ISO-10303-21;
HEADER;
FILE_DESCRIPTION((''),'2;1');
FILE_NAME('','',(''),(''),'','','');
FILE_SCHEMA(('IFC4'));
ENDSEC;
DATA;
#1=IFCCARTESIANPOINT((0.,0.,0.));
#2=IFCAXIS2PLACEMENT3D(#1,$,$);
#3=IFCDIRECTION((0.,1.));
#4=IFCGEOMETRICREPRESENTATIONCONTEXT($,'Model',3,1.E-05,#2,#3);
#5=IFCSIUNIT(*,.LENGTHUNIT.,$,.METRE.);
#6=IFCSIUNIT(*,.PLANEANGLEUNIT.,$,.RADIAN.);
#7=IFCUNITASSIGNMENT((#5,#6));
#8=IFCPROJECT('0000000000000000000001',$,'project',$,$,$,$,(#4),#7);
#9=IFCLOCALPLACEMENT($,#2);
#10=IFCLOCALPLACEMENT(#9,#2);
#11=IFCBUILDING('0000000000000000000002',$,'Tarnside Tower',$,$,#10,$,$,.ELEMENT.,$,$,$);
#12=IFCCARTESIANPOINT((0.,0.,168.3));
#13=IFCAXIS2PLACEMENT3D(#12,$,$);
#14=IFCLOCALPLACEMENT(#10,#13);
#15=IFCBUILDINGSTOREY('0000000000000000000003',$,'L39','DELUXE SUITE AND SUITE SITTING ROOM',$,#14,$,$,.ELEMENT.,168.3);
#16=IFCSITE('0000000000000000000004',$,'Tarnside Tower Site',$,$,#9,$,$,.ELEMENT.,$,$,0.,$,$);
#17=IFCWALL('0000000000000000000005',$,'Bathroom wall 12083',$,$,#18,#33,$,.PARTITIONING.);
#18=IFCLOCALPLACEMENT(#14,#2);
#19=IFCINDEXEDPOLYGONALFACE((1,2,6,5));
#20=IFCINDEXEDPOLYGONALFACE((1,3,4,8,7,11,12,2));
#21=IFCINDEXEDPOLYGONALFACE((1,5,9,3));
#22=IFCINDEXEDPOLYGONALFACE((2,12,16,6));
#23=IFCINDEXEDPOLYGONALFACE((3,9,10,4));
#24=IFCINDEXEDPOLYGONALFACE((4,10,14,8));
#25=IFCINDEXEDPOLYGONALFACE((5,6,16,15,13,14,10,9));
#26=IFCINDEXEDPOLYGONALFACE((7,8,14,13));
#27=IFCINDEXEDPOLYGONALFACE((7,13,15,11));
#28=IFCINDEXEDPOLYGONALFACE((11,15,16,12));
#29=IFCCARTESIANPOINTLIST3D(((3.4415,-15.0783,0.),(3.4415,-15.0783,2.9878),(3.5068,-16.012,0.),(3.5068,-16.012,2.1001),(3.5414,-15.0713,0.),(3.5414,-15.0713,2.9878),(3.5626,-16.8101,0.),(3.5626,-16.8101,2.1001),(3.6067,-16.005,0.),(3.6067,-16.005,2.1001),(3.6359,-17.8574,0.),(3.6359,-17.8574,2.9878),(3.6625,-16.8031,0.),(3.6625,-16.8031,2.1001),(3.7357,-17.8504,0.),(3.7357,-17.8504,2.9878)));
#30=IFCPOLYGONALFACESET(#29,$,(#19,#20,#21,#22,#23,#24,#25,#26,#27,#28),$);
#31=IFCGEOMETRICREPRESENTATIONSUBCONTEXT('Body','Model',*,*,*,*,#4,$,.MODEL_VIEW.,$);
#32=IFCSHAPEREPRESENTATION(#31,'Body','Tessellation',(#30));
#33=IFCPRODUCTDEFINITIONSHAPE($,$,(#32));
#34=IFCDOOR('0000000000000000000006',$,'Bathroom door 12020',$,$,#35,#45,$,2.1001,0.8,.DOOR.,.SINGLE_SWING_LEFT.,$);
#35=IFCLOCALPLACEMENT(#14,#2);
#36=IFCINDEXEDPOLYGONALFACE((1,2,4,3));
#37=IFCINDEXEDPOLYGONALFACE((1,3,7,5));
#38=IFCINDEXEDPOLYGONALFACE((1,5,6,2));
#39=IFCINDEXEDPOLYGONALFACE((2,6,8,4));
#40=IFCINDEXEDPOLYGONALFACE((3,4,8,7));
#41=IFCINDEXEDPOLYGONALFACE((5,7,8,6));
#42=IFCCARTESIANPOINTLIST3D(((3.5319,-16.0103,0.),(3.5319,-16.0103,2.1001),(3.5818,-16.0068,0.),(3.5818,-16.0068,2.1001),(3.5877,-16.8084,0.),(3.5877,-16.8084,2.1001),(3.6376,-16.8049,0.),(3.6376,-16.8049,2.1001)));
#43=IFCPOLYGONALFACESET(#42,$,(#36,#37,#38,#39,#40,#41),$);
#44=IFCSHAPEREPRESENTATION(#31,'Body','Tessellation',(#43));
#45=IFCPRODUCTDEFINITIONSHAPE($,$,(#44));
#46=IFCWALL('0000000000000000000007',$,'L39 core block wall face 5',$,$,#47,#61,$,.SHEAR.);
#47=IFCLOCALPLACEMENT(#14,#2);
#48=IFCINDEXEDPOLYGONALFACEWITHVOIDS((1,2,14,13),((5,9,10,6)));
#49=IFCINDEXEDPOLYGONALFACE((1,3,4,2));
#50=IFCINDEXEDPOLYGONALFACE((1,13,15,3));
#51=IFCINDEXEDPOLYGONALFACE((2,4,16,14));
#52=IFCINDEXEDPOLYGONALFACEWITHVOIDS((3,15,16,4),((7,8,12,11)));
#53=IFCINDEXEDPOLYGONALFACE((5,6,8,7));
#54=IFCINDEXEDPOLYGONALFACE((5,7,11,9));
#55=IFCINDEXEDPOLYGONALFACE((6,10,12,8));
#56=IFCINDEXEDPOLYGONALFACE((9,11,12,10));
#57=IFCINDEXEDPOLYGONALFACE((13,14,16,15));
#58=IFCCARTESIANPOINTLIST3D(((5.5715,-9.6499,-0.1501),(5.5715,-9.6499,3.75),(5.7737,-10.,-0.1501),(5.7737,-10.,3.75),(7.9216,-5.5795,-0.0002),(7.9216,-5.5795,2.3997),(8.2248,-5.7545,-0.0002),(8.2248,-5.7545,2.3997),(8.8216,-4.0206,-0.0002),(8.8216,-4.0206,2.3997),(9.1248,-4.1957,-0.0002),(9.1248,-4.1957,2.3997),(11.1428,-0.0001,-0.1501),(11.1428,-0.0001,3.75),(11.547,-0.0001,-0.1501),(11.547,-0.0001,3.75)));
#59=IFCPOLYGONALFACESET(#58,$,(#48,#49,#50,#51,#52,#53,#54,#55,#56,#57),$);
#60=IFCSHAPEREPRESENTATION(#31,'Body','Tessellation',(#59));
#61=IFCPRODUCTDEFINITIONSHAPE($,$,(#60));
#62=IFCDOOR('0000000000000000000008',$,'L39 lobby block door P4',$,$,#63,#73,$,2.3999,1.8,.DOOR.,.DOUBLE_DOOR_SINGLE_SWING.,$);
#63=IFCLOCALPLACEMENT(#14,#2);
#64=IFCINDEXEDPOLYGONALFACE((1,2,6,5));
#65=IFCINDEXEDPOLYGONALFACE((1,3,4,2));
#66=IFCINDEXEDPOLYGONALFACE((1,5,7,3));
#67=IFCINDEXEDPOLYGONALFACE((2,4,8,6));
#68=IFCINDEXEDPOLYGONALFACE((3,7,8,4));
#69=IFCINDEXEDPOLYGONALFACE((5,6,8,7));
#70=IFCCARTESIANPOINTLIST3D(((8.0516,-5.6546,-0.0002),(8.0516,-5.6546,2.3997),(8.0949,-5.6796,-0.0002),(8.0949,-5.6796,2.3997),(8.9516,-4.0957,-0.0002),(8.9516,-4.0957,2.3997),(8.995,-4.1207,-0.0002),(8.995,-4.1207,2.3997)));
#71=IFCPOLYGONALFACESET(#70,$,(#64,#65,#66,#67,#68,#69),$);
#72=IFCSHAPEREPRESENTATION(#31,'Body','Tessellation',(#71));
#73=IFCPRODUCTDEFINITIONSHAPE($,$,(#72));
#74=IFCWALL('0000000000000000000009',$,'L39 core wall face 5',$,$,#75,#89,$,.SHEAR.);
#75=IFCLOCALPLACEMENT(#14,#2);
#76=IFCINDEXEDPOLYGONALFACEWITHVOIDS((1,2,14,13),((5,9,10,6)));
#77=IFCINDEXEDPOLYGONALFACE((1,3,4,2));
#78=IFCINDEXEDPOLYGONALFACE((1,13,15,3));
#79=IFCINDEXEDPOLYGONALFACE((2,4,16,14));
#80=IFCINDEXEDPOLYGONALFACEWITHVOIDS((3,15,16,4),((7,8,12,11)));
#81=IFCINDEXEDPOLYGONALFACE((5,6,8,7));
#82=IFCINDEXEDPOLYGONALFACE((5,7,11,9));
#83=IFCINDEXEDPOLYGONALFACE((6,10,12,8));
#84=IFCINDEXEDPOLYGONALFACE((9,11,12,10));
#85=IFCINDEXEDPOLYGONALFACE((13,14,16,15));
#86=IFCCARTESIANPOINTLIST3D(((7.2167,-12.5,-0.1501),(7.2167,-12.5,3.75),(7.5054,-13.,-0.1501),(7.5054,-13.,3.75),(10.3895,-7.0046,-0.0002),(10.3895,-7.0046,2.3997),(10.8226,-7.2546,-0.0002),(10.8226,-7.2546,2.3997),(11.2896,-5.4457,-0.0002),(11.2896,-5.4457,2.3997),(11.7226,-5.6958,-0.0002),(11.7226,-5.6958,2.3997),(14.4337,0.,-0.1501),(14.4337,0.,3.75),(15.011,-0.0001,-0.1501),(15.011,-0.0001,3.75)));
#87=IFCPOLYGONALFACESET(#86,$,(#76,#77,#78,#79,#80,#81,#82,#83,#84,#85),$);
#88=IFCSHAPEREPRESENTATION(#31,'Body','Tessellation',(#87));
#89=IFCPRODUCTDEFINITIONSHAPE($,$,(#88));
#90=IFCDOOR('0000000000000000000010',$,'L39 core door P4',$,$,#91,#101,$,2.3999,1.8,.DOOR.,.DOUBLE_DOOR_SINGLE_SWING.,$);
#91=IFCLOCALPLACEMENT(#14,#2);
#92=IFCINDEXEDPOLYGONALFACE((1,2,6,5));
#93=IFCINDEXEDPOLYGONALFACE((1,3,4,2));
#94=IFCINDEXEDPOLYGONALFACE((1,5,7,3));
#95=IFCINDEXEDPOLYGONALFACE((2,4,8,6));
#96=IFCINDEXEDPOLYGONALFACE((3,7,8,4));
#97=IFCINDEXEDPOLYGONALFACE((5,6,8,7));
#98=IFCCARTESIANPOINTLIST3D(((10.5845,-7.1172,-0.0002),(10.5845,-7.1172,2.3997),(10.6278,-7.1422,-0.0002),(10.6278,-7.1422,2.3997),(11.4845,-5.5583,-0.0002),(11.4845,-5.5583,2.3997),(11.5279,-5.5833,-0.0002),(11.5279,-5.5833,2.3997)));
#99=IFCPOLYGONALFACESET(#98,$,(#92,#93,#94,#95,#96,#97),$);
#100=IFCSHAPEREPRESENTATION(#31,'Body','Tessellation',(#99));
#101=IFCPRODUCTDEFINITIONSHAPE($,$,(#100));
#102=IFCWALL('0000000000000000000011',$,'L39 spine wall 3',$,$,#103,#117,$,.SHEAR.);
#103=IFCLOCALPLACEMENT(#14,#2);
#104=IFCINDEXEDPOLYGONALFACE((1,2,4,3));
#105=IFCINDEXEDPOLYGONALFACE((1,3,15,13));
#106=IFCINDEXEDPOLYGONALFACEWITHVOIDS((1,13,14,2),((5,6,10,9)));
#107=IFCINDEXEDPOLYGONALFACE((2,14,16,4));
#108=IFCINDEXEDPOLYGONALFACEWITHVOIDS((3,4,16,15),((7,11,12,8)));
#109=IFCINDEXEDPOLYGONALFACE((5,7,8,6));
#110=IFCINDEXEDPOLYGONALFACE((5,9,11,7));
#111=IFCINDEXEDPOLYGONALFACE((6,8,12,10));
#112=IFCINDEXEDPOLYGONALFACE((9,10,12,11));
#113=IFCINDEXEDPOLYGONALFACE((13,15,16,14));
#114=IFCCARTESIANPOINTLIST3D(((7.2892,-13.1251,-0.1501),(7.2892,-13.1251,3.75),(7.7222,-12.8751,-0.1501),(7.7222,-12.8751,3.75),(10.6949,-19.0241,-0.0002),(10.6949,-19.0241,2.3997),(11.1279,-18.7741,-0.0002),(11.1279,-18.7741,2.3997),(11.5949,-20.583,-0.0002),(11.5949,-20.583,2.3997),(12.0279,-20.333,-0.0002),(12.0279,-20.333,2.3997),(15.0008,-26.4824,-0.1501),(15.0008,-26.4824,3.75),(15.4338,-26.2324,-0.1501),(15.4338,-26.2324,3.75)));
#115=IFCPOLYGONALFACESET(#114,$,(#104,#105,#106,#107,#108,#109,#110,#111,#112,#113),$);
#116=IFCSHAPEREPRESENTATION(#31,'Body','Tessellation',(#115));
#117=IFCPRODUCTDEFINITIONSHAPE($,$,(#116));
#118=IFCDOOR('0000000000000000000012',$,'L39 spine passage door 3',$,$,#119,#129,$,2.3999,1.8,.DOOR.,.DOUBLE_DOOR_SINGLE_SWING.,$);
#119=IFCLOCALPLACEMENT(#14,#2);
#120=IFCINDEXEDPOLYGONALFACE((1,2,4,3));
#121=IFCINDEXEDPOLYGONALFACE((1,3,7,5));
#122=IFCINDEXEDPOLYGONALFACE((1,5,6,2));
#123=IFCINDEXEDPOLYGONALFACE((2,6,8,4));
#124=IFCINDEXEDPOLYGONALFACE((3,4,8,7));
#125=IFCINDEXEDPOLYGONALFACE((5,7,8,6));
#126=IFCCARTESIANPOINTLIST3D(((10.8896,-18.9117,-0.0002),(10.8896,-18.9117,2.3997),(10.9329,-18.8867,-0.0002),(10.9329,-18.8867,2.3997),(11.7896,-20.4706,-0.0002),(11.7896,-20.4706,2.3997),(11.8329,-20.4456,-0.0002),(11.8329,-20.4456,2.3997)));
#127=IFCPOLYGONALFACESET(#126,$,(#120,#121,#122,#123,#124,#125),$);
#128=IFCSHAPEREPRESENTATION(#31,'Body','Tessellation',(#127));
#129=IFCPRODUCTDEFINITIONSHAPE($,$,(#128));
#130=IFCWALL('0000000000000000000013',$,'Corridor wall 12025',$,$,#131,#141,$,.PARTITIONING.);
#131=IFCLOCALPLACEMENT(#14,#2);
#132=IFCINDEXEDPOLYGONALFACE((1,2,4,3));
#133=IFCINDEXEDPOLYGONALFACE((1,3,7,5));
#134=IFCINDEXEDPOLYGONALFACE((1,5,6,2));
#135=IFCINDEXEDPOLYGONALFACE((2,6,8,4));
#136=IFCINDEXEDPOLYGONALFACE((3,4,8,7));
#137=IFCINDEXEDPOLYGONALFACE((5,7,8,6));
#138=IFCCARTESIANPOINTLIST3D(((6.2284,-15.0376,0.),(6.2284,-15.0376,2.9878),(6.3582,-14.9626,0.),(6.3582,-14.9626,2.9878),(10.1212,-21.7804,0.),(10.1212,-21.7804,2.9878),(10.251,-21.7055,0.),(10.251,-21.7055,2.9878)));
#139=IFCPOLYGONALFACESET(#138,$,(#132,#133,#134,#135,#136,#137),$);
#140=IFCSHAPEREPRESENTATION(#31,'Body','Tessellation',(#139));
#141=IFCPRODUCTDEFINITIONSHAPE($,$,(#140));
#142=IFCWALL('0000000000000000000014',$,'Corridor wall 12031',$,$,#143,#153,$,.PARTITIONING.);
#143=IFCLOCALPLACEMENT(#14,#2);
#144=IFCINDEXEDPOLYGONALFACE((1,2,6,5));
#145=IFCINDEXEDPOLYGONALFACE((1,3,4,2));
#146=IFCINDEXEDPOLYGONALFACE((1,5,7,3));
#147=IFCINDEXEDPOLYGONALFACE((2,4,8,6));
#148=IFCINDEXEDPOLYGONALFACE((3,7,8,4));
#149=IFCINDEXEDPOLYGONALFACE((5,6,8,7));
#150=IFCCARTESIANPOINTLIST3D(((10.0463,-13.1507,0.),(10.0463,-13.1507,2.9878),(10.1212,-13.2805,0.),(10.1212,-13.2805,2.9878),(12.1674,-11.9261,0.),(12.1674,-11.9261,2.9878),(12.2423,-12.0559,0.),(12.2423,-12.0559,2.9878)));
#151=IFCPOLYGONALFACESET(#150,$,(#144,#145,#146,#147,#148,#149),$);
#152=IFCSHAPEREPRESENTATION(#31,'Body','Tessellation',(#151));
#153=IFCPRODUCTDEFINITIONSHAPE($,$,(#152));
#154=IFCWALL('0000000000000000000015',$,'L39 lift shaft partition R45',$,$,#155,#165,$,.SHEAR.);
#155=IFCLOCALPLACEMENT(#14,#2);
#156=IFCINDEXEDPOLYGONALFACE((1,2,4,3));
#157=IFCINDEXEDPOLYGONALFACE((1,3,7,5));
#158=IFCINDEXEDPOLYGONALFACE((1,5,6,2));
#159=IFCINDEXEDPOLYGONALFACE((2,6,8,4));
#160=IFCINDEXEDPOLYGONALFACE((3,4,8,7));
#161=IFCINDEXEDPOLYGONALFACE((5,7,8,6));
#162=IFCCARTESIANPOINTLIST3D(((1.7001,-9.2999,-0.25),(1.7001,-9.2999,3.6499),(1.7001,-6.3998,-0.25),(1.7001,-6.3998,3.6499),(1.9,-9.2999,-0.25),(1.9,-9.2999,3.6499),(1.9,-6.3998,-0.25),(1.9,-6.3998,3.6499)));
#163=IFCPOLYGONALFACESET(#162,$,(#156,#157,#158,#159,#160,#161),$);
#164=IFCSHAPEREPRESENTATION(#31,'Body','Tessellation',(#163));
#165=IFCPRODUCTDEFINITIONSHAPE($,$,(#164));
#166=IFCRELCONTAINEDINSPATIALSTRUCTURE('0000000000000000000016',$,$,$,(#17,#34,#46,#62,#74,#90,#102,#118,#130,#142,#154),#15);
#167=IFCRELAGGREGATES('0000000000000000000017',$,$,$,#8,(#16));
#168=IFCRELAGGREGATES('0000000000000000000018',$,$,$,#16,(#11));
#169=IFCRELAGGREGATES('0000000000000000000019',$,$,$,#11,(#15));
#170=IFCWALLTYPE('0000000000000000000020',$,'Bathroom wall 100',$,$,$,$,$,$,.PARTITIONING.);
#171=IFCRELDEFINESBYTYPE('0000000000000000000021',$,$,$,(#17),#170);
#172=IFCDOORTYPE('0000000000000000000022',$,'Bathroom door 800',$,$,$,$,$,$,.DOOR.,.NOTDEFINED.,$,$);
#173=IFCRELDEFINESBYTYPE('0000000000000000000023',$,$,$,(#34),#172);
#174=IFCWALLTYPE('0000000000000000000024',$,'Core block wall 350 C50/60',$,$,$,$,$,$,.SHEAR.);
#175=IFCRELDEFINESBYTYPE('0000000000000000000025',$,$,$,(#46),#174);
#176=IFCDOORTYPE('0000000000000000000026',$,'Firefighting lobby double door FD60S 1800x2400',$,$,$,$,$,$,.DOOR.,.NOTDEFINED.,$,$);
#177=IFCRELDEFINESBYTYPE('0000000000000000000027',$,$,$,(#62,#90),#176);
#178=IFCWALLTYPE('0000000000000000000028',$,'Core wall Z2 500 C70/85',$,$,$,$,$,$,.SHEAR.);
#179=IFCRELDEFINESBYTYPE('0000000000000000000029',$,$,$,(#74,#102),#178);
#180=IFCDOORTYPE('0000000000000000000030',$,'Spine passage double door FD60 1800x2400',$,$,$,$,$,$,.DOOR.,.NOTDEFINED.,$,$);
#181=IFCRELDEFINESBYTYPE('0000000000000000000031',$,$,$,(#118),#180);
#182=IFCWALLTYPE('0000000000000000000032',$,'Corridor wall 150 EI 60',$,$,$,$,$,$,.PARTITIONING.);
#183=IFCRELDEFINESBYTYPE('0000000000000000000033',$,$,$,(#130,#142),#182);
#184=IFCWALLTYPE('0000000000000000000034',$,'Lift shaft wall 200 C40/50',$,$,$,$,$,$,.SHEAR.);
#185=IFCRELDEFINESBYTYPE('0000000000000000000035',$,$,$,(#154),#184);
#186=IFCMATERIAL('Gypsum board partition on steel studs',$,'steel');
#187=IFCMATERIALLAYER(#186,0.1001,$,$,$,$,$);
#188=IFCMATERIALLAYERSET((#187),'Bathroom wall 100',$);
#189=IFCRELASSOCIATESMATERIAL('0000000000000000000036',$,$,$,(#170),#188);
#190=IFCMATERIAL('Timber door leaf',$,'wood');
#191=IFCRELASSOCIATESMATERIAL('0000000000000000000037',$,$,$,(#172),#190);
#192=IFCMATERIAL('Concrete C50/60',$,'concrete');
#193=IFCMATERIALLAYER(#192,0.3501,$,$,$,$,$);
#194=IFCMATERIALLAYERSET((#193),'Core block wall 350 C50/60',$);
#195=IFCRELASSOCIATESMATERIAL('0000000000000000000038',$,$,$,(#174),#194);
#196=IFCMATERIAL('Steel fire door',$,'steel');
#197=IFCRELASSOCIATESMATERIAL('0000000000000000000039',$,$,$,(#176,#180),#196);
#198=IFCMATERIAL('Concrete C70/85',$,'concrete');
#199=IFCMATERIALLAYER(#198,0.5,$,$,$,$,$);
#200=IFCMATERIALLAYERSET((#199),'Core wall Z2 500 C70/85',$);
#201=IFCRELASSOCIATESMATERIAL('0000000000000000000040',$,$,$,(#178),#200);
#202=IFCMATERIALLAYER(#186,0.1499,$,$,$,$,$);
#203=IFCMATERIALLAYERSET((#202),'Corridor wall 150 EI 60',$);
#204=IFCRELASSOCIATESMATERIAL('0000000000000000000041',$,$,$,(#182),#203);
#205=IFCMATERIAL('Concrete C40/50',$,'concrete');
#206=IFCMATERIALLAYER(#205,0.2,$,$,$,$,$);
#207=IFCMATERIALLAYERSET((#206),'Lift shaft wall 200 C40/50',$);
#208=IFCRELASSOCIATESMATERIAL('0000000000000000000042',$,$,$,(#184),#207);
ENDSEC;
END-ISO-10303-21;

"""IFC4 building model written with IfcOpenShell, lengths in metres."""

from ifc_helpers import new_model, si_unit, direction, frame, frame_2d, origin, place, context, subcontext, project, spatial, polyline, rectangle, outline, extrude, material, layer, layer_set, type_object, element, fill, save


model = new_model("IFC4")

# Units and contexts
model_context = context("Model", 3, precision=1e-05, world=origin(), true_north=direction((0.0, 1.0)))
body_context = subcontext(model_context, "Body", "Model", "MODEL_VIEW")
ifc_project = project(units=[si_unit("LENGTHUNIT", "METRE"), si_unit("PLANEANGLEUNIT", "RADIAN")], contexts=[model_context])

# Site, building, storey
site_placement = place(None, origin())
site = spatial("IfcSite", under=ifc_project, at=site_placement, Name="Tarnside Tower Site", CompositionType="ELEMENT", RefElevation=0.0)
building_placement = place(site_placement, origin())
building = spatial("IfcBuilding", under=site, at=building_placement, Name="Tarnside Tower", CompositionType="ELEMENT")
storey_placement = place(building_placement, frame((0.0, 0.0, 168.3)))
storey = spatial("IfcBuildingStorey", under=building, at=storey_placement, Name="L39", Description="DELUXE SUITE AND SUITE SITTING ROOM", CompositionType="ELEMENT", Elevation=168.3)

# Shared definitions
ifc_material_1 = material(Name="Gypsum board partition on steel studs", Category="steel")
ifc_layer_1 = layer(ifc_material_1, 0.1001)
ifc_layer_set_1 = layer_set([ifc_layer_1], Name="Bathroom wall 100")
wall_type_1 = type_object("IfcWallType", Name="Bathroom wall 100", PredefinedType="PARTITIONING", material=ifc_layer_set_1)

# Walls, openings, doors
wall_1_placement = place(storey_placement, frame((3.6858, -17.854, 0.0), z_axis=(0.0, 0.0, 1.0), x_axis=(-0.069758, 0.997564, 0.0)))
wall_1 = element("IfcWall", 1, at=wall_1_placement, inside=storey, type_object=wall_type_1, Name="Bathroom wall 12083", PredefinedType="PARTITIONING", context=body_context, shape_type="SweptSolid", body=[
    extrude(rectangle(XDim=2.7859, YDim=0.1001, at=frame_2d((1.3931, 0.0))), origin(), (0.0, 0.0, 1.0), 2.9878),
])
opening_1_placement = place(wall_1_placement, frame((1.05, 0.0, 0.0)))
opening_1 = element("IfcOpeningElement", 2, at=opening_1_placement, cuts=wall_1, PredefinedType="OPENING", context=body_context, shape_type="SweptSolid", body=[
    extrude(rectangle(XDim=0.8, YDim=2.1001, at=frame_2d((0.3999, 1.05))), frame((0.0, 0.0601, 0.0), z_axis=(0.0, -1.0, 0.0), x_axis=(1.0, 0.0, 0.0)), (0.0, 0.0, 1.0), 0.1201),
])
ifc_material_2 = material(Name="Timber door leaf", Category="wood")
door_type_1 = type_object("IfcDoorType", Name="Bathroom door 800", OperationType="NOTDEFINED", PredefinedType="DOOR", material=ifc_material_2)
door_1_placement = place(opening_1_placement, origin())
door_1 = element("IfcDoor", 3, at=door_1_placement, inside=storey, type_object=door_type_1, Name="Bathroom door 12020", OperationType="SINGLE_SWING_LEFT", OverallHeight=2.1001, OverallWidth=0.8, PredefinedType="DOOR", context=body_context, shape_type="SweptSolid", body=[
    extrude(rectangle(XDim=0.8, YDim=2.1001, at=frame_2d((0.3999, 1.05))), frame((0.0, 0.0249, 0.0), z_axis=(0.0, -1.0, 0.0), x_axis=(1.0, 0.0, 0.0)), (0.0, 0.0, 1.0), 0.05),
])
fill(opening_1, door_1)
ifc_material_3 = material(Name="Concrete C50/60", Category="concrete")
ifc_layer_2 = layer(ifc_material_3, 0.3501)
ifc_layer_set_2 = layer_set([ifc_layer_2], Name="Core block wall 350 C50/60")
wall_type_2 = type_object("IfcWallType", Name="Core block wall 350 C50/60", PredefinedType="SHEAR", material=ifc_layer_set_2)
wall_2_placement = place(storey_placement, frame((5.6726, -9.825, -0.1501), z_axis=(0.0, 0.0, 1.0), x_axis=(0.499995, 0.866028, 0.0)))
wall_2 = element("IfcWall", 4, at=wall_2_placement, inside=storey, type_object=wall_type_2, Name="L39 core block wall face 5", PredefinedType="SHEAR", context=body_context, shape_type="SweptSolid", body=[
    extrude(outline(polyline([(-0.1011, -0.175), (11.4458, -0.175), (11.2437, 0.175), (0.1011, 0.175), (-0.1011, -0.175)])), origin(), (0.0, 0.0, 1.0), 3.9001),
])
opening_2_placement = place(wall_2_placement, frame((4.8013, 0.0, 0.1499)))
opening_2 = element("IfcOpeningElement", 5, at=opening_2_placement, cuts=wall_2, PredefinedType="OPENING", context=body_context, shape_type="SweptSolid", body=[
    extrude(rectangle(XDim=1.8, YDim=2.3999, at=frame_2d((0.8999, 1.2))), frame((0.0, 0.1851, 0.0), z_axis=(0.0, -1.0, 0.0), x_axis=(1.0, 0.0, 0.0)), (0.0, 0.0, 1.0), 0.3701),
])
ifc_material_4 = material(Name="Steel fire door", Category="steel")
door_type_2 = type_object("IfcDoorType", Name="Firefighting lobby double door FD60S 1800x2400", OperationType="NOTDEFINED", PredefinedType="DOOR", material=ifc_material_4)
door_2_placement = place(opening_2_placement, origin())
door_2 = element("IfcDoor", 6, at=door_2_placement, inside=storey, type_object=door_type_2, Name="L39 lobby block door P4", OperationType="DOUBLE_DOOR_SINGLE_SWING", OverallHeight=2.3999, OverallWidth=1.8, PredefinedType="DOOR", context=body_context, shape_type="SweptSolid", body=[
    extrude(rectangle(XDim=1.8, YDim=2.3999, at=frame_2d((0.8999, 1.2))), frame((0.0, 0.0249, 0.0), z_axis=(0.0, -1.0, 0.0), x_axis=(1.0, 0.0, 0.0)), (0.0, 0.0, 1.0), 0.05),
])
fill(opening_2, door_2)
ifc_material_5 = material(Name="Concrete C70/85", Category="concrete")
ifc_layer_3 = layer(ifc_material_5, 0.5)
ifc_layer_set_3 = layer_set([ifc_layer_3], Name="Core wall Z2 500 C70/85")
wall_type_3 = type_object("IfcWallType", Name="Core wall Z2 500 C70/85", PredefinedType="SHEAR", material=ifc_layer_set_3)
wall_3_placement = place(storey_placement, frame((7.3611, -12.75, -0.1501), z_axis=(0.0, 0.0, 1.0), x_axis=(0.500006, 0.866022, 0.0)))
wall_3 = element("IfcWall", 7, at=wall_3_placement, inside=storey, type_object=wall_type_3, Name="L39 core wall face 5", PredefinedType="SHEAR", context=body_context, shape_type="SweptSolid", body=[
    extrude(outline(polyline([(-0.1443, -0.25), (14.8667, -0.25), (14.5781, 0.25), (0.1443, 0.25), (-0.1443, -0.25)])), origin(), (0.0, 0.0, 1.0), 3.9001),
])
opening_3_placement = place(wall_3_placement, frame((6.49, 0.0, 0.1499)))
opening_3 = element("IfcOpeningElement", 8, at=opening_3_placement, cuts=wall_3, PredefinedType="OPENING", context=body_context, shape_type="SweptSolid", body=[
    extrude(rectangle(XDim=1.8, YDim=2.3999, at=frame_2d((0.8999, 1.2))), frame((0.0, 0.26, 0.0), z_axis=(0.0, -1.0, 0.0), x_axis=(1.0, 0.0, 0.0)), (0.0, 0.0, 1.0), 0.52),
])
door_3_placement = place(opening_3_placement, origin())
door_3 = element("IfcDoor", 9, at=door_3_placement, inside=storey, type_object=door_type_2, Name="L39 core door P4", OperationType="DOUBLE_DOOR_SINGLE_SWING", OverallHeight=2.3999, OverallWidth=1.8, PredefinedType="DOOR", context=body_context, shape_type="SweptSolid", body=[
    extrude(rectangle(XDim=1.8, YDim=2.3999, at=frame_2d((0.8999, 1.2))), frame((0.0, 0.0249, 0.0), z_axis=(0.0, -1.0, 0.0), x_axis=(1.0, 0.0, 0.0)), (0.0, 0.0, 1.0), 0.05),
])
fill(opening_3, door_3)
wall_4_placement = place(storey_placement, frame((7.5056, -13.0, -0.1501), z_axis=(0.0, 0.0, 1.0), x_axis=(0.499988, -0.866032, 0.0)))
wall_4 = element("IfcWall", 10, at=wall_4_placement, inside=storey, type_object=wall_type_3, Name="L39 spine wall 3", PredefinedType="SHEAR", context=body_context, shape_type="SweptSolid", body=[
    extrude(rectangle(XDim=15.4236, YDim=0.5, at=frame_2d((7.7119, 0.0))), origin(), (0.0, 0.0, 1.0), 3.9001),
])
opening_4_placement = place(wall_4_placement, frame((6.8118, 0.0, 0.1499)))
opening_4 = element("IfcOpeningElement", 11, at=opening_4_placement, cuts=wall_4, PredefinedType="OPENING", context=body_context, shape_type="SweptSolid", body=[
    extrude(rectangle(XDim=1.8, YDim=2.3999, at=frame_2d((0.8999, 1.2))), frame((0.0, 0.26, 0.0), z_axis=(0.0, -1.0, 0.0), x_axis=(1.0, 0.0, 0.0)), (0.0, 0.0, 1.0), 0.52),
])
door_type_3 = type_object("IfcDoorType", Name="Spine passage double door FD60 1800x2400", OperationType="NOTDEFINED", PredefinedType="DOOR", material=ifc_material_4)
door_4_placement = place(opening_4_placement, origin())
door_4 = element("IfcDoor", 12, at=door_4_placement, inside=storey, type_object=door_type_3, Name="L39 spine passage door 3", OperationType="DOUBLE_DOOR_SINGLE_SWING", OverallHeight=2.3999, OverallWidth=1.8, PredefinedType="DOOR", context=body_context, shape_type="SweptSolid", body=[
    extrude(rectangle(XDim=1.8, YDim=2.3999, at=frame_2d((0.8999, 1.2))), frame((0.0, 0.0249, 0.0), z_axis=(0.0, -1.0, 0.0), x_axis=(1.0, 0.0, 0.0)), (0.0, 0.0, 1.0), 0.05),
])
fill(opening_4, door_4)

# Walls
ifc_layer_4 = layer(ifc_material_1, 0.1499)
ifc_layer_set_4 = layer_set([ifc_layer_4], Name="Corridor wall 150 EI 60")
wall_type_4 = type_object("IfcWallType", Name="Corridor wall 150 EI 60", PredefinedType="PARTITIONING", material=ifc_layer_set_4)
wall_5_placement = place(storey_placement, frame((6.2932, -15.0, 0.0), z_axis=(0.0, 0.0, 1.0), x_axis=(0.49998, -0.866037, 0.0)))
element("IfcWall", 13, at=wall_5_placement, inside=storey, type_object=wall_type_4, Name="Corridor wall 12025", PredefinedType="PARTITIONING", context=body_context, shape_type="SweptSolid", body=[
    extrude(rectangle(XDim=7.7859, YDim=0.1499, at=frame_2d((3.8931, 0.0))), origin(), (0.0, 0.0, 1.0), 2.9878),
])
wall_6_placement = place(storey_placement, frame((10.0837, -13.2156, 0.0), z_axis=(0.0, 0.0, 1.0), x_axis=(0.866026, 0.499999, 0.0)))
element("IfcWall", 14, at=wall_6_placement, inside=storey, type_object=wall_type_4, Name="Corridor wall 12031", PredefinedType="PARTITIONING", context=body_context, shape_type="SweptSolid", body=[
    extrude(rectangle(XDim=2.4492, YDim=0.1499, at=frame_2d((1.2246, 0.0))), origin(), (0.0, 0.0, 1.0), 2.9878),
])
ifc_material_6 = material(Name="Concrete C40/50", Category="concrete")
ifc_layer_5 = layer(ifc_material_6, 0.2)
ifc_layer_set_5 = layer_set([ifc_layer_5], Name="Lift shaft wall 200 C40/50")
wall_type_5 = type_object("IfcWallType", Name="Lift shaft wall 200 C40/50", PredefinedType="SHEAR", material=ifc_layer_set_5)
wall_7_placement = place(storey_placement, frame((1.8, -9.3, -0.25), z_axis=(0.0, 0.0, 1.0), x_axis=(0.0, 1.0, 0.0)))
element("IfcWall", 15, at=wall_7_placement, inside=storey, type_object=wall_type_5, Name="L39 lift shaft partition R45", PredefinedType="SHEAR", context=body_context, shape_type="SweptSolid", body=[
    extrude(rectangle(XDim=2.9001, YDim=0.2, at=frame_2d((1.4502, 0.0))), origin(), (0.0, 0.0, 1.0), 3.8999),
])

save(model, "model.ifc")
